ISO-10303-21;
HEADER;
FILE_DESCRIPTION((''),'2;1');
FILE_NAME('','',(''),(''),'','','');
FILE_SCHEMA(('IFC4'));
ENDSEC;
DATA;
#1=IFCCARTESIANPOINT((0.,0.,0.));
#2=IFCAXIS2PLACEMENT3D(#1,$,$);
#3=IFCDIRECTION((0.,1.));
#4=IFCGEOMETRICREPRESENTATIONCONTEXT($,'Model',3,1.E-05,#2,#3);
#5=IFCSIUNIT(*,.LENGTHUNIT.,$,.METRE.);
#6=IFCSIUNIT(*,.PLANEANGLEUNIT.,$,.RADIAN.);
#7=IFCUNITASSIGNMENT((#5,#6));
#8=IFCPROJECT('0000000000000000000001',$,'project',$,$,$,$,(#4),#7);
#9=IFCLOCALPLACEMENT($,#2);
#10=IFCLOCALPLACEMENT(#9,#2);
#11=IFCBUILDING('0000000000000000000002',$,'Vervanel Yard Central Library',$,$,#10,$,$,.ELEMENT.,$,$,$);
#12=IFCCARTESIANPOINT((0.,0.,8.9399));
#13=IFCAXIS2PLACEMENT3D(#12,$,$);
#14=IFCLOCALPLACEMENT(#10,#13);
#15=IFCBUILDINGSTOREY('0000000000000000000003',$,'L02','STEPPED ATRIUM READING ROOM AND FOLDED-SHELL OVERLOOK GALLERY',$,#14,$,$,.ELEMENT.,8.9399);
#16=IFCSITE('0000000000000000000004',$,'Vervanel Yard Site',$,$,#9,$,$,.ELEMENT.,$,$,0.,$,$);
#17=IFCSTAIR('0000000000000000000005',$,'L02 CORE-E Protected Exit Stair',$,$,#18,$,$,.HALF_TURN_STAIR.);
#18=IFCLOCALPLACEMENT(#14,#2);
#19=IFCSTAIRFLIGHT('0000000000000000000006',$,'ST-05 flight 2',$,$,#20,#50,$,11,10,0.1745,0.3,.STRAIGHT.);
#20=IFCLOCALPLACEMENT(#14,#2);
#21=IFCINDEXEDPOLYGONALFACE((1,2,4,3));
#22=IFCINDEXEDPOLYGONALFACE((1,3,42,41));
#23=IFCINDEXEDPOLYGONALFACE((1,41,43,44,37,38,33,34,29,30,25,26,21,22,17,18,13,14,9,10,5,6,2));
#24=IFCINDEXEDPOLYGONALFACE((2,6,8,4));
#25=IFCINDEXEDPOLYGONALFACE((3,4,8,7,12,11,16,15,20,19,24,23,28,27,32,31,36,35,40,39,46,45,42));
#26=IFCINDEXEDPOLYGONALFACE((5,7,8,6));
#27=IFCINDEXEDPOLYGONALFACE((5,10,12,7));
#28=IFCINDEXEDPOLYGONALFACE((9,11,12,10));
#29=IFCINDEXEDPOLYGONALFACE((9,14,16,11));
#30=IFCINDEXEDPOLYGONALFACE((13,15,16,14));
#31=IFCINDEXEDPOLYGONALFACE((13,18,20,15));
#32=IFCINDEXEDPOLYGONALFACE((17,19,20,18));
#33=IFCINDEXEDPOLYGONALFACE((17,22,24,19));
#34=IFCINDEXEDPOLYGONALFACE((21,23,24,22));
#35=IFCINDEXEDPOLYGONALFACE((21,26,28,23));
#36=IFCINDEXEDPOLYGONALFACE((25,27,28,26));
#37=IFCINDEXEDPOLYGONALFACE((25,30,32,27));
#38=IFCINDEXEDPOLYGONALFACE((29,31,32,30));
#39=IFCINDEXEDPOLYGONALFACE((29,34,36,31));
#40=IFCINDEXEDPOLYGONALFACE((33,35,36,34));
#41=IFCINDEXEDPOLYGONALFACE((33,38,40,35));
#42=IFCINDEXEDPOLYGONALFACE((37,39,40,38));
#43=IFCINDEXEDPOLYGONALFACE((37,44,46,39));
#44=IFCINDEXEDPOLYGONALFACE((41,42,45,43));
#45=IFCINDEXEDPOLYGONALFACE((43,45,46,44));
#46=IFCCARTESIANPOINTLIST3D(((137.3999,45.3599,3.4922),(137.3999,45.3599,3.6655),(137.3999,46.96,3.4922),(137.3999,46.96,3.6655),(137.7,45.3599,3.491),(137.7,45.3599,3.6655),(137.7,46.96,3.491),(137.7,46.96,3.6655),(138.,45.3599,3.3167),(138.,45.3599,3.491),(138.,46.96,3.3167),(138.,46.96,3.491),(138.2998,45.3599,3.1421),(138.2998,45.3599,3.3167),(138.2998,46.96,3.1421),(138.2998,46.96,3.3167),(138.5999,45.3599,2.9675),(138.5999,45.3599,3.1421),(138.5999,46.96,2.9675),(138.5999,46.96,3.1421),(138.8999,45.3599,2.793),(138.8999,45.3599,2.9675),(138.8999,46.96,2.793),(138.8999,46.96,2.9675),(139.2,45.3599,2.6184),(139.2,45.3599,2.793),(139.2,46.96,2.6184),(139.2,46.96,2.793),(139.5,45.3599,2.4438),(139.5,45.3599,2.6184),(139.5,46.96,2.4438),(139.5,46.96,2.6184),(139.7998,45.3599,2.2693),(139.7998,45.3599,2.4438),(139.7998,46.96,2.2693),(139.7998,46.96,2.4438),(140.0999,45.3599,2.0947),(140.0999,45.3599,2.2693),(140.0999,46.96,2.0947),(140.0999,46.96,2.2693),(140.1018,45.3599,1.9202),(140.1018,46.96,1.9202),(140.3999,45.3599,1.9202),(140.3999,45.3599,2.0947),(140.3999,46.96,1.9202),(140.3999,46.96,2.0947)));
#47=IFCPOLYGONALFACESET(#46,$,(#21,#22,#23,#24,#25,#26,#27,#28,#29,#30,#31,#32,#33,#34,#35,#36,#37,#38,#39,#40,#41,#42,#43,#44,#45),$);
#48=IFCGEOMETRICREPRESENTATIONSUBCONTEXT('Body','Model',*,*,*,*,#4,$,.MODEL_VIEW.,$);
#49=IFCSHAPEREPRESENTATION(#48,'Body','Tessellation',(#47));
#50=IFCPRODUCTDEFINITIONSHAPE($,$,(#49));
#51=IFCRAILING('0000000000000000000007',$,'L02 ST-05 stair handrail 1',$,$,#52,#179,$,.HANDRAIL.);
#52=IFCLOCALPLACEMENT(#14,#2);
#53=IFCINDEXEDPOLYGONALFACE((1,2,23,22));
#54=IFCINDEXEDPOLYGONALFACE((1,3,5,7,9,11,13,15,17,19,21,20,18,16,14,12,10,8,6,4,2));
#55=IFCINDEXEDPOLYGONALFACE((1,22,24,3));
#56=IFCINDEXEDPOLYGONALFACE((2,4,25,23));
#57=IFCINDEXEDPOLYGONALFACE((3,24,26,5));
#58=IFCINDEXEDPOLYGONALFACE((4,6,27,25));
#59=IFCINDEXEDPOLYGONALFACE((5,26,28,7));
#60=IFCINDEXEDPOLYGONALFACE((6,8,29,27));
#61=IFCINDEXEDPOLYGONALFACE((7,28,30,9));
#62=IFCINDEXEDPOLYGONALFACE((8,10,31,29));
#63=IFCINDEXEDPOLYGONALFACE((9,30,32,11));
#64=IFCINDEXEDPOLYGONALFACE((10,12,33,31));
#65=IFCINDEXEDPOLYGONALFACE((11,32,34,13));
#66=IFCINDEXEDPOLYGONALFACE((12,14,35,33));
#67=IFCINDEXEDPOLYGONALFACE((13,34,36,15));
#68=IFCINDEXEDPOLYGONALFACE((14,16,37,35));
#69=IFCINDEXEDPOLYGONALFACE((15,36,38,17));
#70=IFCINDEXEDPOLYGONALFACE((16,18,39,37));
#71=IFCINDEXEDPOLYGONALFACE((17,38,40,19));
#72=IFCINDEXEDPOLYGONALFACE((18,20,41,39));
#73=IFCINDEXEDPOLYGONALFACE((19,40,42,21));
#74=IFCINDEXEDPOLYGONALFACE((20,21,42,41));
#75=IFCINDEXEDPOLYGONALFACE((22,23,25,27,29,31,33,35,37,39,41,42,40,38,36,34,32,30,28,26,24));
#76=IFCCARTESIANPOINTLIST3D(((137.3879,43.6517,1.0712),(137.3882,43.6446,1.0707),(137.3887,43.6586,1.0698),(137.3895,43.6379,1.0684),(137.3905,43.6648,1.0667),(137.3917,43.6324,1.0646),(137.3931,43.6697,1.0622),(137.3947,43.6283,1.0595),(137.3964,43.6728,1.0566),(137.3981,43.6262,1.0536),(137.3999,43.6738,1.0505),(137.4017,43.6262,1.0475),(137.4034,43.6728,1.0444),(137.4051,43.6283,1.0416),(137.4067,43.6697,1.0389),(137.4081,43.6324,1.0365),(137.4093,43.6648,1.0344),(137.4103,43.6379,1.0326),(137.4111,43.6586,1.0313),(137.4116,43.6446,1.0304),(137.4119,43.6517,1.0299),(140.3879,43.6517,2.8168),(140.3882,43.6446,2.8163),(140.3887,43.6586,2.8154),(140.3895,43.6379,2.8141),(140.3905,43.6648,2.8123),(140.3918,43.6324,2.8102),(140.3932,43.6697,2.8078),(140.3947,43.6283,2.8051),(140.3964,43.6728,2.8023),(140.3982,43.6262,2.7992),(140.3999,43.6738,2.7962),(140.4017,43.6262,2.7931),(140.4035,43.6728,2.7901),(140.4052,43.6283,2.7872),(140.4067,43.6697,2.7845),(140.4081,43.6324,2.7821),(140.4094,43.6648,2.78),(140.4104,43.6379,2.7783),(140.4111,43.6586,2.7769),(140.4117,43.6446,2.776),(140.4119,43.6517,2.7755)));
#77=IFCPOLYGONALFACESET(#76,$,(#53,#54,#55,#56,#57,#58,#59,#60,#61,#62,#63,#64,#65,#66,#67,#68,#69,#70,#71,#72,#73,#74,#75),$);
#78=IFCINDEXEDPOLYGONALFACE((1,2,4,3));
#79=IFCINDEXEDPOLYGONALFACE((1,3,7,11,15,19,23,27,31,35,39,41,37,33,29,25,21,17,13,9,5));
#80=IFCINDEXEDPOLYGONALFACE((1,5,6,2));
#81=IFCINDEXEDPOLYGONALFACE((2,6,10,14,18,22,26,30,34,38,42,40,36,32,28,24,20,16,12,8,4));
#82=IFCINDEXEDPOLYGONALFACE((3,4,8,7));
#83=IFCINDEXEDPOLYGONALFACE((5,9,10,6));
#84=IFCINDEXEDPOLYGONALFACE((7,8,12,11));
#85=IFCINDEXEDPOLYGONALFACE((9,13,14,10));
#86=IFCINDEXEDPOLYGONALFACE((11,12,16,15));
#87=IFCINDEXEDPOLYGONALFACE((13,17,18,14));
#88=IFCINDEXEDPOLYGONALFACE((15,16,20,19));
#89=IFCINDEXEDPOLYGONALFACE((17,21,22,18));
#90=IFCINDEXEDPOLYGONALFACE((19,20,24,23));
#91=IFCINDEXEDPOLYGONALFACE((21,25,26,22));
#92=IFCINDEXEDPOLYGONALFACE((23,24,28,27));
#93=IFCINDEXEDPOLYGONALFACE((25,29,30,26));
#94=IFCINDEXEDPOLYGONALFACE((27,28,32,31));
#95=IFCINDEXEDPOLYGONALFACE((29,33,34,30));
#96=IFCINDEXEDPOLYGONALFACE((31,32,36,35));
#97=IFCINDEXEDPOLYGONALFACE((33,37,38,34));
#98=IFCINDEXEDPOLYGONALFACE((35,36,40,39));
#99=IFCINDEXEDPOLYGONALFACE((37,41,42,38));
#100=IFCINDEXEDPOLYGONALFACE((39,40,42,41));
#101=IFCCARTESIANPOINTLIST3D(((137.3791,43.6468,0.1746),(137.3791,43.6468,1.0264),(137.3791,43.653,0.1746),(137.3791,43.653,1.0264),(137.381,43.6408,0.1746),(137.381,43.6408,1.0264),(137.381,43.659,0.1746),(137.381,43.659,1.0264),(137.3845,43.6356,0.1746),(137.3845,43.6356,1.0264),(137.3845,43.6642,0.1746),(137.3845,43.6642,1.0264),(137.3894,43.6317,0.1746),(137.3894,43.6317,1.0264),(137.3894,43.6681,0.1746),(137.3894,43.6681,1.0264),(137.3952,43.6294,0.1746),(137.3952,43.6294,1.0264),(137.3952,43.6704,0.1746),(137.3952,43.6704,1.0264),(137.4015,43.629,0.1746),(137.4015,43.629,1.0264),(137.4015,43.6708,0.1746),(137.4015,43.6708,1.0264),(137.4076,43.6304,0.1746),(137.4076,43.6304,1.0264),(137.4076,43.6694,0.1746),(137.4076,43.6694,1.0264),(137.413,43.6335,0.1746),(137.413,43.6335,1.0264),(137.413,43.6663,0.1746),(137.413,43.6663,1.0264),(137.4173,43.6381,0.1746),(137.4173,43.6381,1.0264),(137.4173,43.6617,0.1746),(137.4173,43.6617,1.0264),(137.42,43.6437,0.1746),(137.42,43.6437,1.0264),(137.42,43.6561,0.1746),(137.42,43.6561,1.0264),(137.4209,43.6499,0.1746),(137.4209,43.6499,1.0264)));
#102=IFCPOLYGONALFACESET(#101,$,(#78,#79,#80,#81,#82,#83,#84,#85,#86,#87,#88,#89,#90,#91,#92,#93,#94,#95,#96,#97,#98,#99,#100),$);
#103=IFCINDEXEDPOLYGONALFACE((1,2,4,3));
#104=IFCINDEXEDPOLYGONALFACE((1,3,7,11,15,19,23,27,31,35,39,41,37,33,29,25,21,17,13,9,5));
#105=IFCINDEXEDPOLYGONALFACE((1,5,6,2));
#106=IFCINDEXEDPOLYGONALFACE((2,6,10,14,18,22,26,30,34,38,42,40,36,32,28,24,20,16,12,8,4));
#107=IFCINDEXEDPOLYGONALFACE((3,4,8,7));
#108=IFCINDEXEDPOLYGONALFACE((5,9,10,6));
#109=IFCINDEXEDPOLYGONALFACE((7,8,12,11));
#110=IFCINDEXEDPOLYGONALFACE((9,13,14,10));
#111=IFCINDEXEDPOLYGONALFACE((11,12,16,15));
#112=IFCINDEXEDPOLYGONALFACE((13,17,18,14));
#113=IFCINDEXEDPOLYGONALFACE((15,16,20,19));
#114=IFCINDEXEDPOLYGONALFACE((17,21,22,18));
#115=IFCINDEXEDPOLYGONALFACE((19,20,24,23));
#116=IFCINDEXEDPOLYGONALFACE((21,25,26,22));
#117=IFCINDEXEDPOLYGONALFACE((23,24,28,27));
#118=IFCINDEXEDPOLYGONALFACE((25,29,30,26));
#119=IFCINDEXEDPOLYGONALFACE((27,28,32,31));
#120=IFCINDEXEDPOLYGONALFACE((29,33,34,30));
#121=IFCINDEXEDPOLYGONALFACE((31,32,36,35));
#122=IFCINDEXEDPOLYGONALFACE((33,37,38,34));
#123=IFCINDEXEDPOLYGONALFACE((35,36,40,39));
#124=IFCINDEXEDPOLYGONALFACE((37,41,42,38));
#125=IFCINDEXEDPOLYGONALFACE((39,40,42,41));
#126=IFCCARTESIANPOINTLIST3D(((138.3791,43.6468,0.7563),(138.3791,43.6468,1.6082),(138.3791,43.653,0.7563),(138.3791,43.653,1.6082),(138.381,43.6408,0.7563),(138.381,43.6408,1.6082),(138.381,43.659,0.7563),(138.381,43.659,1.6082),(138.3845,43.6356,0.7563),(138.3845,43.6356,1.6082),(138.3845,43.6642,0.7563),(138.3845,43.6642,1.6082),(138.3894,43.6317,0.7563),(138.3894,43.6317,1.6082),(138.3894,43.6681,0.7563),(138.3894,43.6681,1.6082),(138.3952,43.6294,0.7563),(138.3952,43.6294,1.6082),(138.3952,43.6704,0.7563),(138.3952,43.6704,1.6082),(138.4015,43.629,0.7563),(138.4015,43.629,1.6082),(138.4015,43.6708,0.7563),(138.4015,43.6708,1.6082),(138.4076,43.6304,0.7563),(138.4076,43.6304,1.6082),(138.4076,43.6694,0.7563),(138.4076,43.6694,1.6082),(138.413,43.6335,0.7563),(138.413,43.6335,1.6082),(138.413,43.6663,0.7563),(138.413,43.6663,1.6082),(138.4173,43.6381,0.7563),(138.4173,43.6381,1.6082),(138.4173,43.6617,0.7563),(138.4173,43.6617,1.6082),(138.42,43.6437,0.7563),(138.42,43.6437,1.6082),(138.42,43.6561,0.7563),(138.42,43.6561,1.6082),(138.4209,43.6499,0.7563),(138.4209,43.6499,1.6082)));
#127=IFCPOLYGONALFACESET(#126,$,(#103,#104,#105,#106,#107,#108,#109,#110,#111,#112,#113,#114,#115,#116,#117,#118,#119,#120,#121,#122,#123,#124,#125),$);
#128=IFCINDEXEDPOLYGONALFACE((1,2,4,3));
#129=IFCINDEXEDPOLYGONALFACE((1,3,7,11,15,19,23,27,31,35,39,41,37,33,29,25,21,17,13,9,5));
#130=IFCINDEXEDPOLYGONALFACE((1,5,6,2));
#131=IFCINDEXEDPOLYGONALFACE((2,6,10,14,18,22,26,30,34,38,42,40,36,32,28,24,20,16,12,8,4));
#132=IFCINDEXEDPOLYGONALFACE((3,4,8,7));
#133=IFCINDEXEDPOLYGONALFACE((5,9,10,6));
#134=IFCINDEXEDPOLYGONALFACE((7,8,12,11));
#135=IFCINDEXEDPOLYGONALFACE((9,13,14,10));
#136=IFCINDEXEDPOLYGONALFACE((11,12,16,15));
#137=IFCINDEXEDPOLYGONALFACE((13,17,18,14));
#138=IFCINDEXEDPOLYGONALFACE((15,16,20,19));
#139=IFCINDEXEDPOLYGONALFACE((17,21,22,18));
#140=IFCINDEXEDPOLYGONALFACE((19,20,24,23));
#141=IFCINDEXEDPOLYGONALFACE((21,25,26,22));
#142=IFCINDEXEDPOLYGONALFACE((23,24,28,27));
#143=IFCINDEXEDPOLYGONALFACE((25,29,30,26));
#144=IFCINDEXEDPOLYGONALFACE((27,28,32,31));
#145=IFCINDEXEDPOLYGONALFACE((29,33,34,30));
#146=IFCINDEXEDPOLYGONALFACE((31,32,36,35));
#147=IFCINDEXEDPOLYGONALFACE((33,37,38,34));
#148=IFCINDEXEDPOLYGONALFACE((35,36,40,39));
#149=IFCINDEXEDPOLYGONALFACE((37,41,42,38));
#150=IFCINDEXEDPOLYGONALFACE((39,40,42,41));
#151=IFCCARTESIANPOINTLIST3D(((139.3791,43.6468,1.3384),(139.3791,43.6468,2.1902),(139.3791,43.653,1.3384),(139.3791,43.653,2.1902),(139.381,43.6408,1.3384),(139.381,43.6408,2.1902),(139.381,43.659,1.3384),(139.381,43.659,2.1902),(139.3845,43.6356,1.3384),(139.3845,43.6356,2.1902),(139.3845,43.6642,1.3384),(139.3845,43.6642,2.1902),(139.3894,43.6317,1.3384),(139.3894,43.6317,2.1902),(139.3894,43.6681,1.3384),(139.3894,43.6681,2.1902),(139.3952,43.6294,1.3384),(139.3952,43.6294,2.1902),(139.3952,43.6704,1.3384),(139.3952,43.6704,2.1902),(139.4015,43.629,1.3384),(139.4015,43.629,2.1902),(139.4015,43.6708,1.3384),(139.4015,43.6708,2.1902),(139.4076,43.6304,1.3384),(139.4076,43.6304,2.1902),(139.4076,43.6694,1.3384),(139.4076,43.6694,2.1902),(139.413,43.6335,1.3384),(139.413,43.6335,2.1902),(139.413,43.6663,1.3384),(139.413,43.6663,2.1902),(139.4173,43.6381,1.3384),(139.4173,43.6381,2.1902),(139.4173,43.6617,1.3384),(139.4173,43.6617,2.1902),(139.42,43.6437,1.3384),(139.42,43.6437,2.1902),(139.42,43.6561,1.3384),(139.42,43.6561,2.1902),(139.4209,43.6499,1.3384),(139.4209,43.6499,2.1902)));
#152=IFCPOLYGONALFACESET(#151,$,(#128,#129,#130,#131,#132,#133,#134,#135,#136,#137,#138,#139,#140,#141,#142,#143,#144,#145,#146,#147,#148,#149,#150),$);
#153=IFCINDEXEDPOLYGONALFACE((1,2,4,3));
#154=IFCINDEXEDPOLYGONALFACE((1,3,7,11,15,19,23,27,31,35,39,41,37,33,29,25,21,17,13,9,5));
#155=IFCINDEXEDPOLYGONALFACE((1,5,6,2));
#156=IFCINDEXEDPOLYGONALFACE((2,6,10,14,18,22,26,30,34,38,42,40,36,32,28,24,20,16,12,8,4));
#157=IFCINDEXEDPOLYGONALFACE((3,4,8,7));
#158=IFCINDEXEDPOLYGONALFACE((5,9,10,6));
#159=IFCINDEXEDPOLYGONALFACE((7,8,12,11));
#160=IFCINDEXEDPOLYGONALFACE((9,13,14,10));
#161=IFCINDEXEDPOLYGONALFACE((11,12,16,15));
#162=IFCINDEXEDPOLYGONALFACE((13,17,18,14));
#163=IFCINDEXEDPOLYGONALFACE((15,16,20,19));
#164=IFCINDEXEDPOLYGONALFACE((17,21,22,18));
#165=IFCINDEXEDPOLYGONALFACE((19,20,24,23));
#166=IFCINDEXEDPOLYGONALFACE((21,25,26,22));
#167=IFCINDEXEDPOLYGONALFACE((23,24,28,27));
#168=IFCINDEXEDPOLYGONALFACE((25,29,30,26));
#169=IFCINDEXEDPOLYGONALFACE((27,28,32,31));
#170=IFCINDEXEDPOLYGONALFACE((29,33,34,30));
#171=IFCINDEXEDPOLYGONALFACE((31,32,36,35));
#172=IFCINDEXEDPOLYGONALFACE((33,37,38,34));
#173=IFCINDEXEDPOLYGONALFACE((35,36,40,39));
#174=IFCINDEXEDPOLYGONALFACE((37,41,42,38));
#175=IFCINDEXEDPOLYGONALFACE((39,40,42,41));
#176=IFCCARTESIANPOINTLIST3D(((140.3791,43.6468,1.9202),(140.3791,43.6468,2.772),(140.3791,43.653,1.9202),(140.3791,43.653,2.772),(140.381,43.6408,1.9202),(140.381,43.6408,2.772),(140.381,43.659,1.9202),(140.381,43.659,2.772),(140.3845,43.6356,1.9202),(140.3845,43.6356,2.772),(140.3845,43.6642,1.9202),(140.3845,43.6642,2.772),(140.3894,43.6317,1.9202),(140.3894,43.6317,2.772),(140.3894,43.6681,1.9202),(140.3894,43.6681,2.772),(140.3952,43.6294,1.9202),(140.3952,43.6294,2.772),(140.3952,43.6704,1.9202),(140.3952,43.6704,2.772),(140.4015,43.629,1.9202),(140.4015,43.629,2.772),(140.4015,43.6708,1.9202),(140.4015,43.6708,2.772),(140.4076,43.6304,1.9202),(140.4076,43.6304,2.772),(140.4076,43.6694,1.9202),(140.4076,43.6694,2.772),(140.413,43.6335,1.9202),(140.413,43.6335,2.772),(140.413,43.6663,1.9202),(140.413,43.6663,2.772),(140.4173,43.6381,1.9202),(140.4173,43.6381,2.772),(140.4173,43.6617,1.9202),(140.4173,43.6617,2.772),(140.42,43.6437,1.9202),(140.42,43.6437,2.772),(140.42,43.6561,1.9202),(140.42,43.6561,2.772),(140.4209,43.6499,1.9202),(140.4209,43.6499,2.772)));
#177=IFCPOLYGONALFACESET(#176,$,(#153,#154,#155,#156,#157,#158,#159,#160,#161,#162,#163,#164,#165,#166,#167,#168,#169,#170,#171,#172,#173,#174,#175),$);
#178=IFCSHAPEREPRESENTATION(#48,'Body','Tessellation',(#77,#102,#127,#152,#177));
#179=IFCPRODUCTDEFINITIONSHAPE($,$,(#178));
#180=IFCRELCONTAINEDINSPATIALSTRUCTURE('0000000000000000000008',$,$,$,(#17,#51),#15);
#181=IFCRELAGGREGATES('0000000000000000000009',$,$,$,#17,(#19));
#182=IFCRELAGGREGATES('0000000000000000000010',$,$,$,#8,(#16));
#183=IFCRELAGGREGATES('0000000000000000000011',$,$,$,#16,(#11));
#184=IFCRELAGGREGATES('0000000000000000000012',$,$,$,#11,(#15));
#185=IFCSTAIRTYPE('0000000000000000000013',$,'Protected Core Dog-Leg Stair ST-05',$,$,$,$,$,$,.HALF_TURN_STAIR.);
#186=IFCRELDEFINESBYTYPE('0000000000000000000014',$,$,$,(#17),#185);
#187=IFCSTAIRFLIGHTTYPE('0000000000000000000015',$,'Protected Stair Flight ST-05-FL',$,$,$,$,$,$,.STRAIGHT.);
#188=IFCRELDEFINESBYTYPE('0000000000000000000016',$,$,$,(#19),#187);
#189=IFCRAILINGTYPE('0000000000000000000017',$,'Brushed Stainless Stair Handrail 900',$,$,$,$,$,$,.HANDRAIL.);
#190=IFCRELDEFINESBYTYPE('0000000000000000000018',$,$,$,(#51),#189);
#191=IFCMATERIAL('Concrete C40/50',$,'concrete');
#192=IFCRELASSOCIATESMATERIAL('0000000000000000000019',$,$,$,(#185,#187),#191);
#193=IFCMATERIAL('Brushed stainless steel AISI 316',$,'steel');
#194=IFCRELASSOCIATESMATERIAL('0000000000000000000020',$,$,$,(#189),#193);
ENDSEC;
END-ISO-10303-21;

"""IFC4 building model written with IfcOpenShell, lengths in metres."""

from ifc_helpers import new_model, si_unit, direction, frame, origin, origin_2d, place, context, subcontext, project, spatial, polyline, circle, outline, extrude, material, type_object, element, aggregate, save


model = new_model("IFC4")

# Units and contexts
model_context = context("Model", 3, precision=1e-05, world=origin(), true_north=direction((0.0, 1.0)))
body_context = subcontext(model_context, "Body", "Model", "MODEL_VIEW")
ifc_project = project(units=[si_unit("LENGTHUNIT", "METRE"), si_unit("PLANEANGLEUNIT", "RADIAN")], contexts=[model_context])

# Site, building, storey
site_placement = place(None, origin())
site = spatial("IfcSite", under=ifc_project, at=site_placement, Name="Vervanel Yard Site", CompositionType="ELEMENT", RefElevation=0.0)
building_placement = place(site_placement, origin())
building = spatial("IfcBuilding", under=site, at=building_placement, Name="Vervanel Yard Central Library", CompositionType="ELEMENT")
storey_placement = place(building_placement, frame((0.0, 0.0, 8.9399)))
storey = spatial("IfcBuildingStorey", under=building, at=storey_placement, Name="L02", Description="STEPPED ATRIUM READING ROOM AND FOLDED-SHELL OVERLOOK GALLERY", CompositionType="ELEMENT", Elevation=8.9399)

# Shared definitions
ifc_material_1 = material(Name="Concrete C40/50", Category="concrete")

# Stair, stair flight
stair_type = type_object("IfcStairType", Name="Protected Core Dog-Leg Stair ST-05", PredefinedType="HALF_TURN_STAIR", material=ifc_material_1)
stair_placement = place(storey_placement, origin())
stair = element("IfcStair", 1, at=stair_placement, inside=storey, type_object=stair_type, Name="L02 CORE-E Protected Exit Stair", PredefinedType="HALF_TURN_STAIR")
stair_flight_type = type_object("IfcStairFlightType", Name="Protected Stair Flight ST-05-FL", PredefinedType="STRAIGHT", material=ifc_material_1)
stair_flight_1_placement = place(storey_placement, frame((140.3999, 46.1599, 1.9202), z_axis=(0.0, 0.0, 1.0), x_axis=(-1.0, 0.0, 0.0)))
stair_flight_1 = element("IfcStairFlight", 2, at=stair_flight_1_placement, type_object=stair_flight_type, Name="ST-05 flight 2", NumberOfRisers=11, NumberOfTreads=10, PredefinedType="STRAIGHT", RiserHeight=0.1745, TreadLength=0.3, context=body_context, shape_type="SweptSolid", body=[
    extrude(outline(polyline([(0.0, 0.0), (0.0, 0.1746), (0.3, 0.1746), (0.3, 0.3491), (0.6001, 0.3491), (0.6001, 0.5237), (0.8999, 0.5237), (0.8999, 0.6982), (1.2, 0.6982), (1.2, 0.8728), (1.5, 0.8728), (1.5, 1.0474), (1.8, 1.0474), (1.8, 1.2219), (2.1001, 1.2219), (2.1001, 1.3965), (2.3999, 1.3965), (2.3999, 1.5708), (2.7, 1.5708), (2.7, 1.7454), (3.0, 1.7454), (3.0, 1.9199), (3.0, 1.572), (0.2981, 0.0), (0.0, 0.0)])), frame((0.0, 0.8, 0.0), z_axis=(0.0, -1.0, 0.0), x_axis=(1.0, 0.0, 0.0)), (0.0, 0.0, 1.0), 1.6001),
])
aggregate(stair, [stair_flight_1])

# Railing
ifc_material_2 = material(Name="Brushed stainless steel AISI 316", Category="steel")
railing_type_1 = type_object("IfcRailingType", Name="Brushed Stainless Stair Handrail 900", PredefinedType="HANDRAIL", material=ifc_material_2)
railing_1_placement = place(storey_placement, frame((137.3999, 43.6499, 0.1746)))
element("IfcRailing", 3, at=railing_1_placement, inside=storey, type_object=railing_type_1, Name="L02 ST-05 stair handrail 1", PredefinedType="HANDRAIL", context=body_context, shape_type="SweptSolid", body=[
    extrude(circle(Radius=0.0239, at=origin_2d()), frame((0.0, 0.0, 0.876), z_axis=(0.864329, 0.0, 0.502926), x_axis=(0.0, 1.0, 0.0)), (0.0, 0.0, 1.0), 3.4709),
    extrude(circle(Radius=0.021, at=origin_2d()), origin(), (0.0, 0.0, 1.0), 0.8518),
    extrude(circle(Radius=0.021, at=origin_2d()), frame((1.0, 0.0, 0.5818)), (0.0, 0.0, 1.0), 0.8518),
    extrude(circle(Radius=0.021, at=origin_2d()), frame((2.0, 0.0, 1.1638)), (0.0, 0.0, 1.0), 0.8518),
    extrude(circle(Radius=0.021, at=origin_2d()), frame((3.0, 0.0, 1.7456)), (0.0, 0.0, 1.0), 0.8518),
])

save(model, "model.ifc")
